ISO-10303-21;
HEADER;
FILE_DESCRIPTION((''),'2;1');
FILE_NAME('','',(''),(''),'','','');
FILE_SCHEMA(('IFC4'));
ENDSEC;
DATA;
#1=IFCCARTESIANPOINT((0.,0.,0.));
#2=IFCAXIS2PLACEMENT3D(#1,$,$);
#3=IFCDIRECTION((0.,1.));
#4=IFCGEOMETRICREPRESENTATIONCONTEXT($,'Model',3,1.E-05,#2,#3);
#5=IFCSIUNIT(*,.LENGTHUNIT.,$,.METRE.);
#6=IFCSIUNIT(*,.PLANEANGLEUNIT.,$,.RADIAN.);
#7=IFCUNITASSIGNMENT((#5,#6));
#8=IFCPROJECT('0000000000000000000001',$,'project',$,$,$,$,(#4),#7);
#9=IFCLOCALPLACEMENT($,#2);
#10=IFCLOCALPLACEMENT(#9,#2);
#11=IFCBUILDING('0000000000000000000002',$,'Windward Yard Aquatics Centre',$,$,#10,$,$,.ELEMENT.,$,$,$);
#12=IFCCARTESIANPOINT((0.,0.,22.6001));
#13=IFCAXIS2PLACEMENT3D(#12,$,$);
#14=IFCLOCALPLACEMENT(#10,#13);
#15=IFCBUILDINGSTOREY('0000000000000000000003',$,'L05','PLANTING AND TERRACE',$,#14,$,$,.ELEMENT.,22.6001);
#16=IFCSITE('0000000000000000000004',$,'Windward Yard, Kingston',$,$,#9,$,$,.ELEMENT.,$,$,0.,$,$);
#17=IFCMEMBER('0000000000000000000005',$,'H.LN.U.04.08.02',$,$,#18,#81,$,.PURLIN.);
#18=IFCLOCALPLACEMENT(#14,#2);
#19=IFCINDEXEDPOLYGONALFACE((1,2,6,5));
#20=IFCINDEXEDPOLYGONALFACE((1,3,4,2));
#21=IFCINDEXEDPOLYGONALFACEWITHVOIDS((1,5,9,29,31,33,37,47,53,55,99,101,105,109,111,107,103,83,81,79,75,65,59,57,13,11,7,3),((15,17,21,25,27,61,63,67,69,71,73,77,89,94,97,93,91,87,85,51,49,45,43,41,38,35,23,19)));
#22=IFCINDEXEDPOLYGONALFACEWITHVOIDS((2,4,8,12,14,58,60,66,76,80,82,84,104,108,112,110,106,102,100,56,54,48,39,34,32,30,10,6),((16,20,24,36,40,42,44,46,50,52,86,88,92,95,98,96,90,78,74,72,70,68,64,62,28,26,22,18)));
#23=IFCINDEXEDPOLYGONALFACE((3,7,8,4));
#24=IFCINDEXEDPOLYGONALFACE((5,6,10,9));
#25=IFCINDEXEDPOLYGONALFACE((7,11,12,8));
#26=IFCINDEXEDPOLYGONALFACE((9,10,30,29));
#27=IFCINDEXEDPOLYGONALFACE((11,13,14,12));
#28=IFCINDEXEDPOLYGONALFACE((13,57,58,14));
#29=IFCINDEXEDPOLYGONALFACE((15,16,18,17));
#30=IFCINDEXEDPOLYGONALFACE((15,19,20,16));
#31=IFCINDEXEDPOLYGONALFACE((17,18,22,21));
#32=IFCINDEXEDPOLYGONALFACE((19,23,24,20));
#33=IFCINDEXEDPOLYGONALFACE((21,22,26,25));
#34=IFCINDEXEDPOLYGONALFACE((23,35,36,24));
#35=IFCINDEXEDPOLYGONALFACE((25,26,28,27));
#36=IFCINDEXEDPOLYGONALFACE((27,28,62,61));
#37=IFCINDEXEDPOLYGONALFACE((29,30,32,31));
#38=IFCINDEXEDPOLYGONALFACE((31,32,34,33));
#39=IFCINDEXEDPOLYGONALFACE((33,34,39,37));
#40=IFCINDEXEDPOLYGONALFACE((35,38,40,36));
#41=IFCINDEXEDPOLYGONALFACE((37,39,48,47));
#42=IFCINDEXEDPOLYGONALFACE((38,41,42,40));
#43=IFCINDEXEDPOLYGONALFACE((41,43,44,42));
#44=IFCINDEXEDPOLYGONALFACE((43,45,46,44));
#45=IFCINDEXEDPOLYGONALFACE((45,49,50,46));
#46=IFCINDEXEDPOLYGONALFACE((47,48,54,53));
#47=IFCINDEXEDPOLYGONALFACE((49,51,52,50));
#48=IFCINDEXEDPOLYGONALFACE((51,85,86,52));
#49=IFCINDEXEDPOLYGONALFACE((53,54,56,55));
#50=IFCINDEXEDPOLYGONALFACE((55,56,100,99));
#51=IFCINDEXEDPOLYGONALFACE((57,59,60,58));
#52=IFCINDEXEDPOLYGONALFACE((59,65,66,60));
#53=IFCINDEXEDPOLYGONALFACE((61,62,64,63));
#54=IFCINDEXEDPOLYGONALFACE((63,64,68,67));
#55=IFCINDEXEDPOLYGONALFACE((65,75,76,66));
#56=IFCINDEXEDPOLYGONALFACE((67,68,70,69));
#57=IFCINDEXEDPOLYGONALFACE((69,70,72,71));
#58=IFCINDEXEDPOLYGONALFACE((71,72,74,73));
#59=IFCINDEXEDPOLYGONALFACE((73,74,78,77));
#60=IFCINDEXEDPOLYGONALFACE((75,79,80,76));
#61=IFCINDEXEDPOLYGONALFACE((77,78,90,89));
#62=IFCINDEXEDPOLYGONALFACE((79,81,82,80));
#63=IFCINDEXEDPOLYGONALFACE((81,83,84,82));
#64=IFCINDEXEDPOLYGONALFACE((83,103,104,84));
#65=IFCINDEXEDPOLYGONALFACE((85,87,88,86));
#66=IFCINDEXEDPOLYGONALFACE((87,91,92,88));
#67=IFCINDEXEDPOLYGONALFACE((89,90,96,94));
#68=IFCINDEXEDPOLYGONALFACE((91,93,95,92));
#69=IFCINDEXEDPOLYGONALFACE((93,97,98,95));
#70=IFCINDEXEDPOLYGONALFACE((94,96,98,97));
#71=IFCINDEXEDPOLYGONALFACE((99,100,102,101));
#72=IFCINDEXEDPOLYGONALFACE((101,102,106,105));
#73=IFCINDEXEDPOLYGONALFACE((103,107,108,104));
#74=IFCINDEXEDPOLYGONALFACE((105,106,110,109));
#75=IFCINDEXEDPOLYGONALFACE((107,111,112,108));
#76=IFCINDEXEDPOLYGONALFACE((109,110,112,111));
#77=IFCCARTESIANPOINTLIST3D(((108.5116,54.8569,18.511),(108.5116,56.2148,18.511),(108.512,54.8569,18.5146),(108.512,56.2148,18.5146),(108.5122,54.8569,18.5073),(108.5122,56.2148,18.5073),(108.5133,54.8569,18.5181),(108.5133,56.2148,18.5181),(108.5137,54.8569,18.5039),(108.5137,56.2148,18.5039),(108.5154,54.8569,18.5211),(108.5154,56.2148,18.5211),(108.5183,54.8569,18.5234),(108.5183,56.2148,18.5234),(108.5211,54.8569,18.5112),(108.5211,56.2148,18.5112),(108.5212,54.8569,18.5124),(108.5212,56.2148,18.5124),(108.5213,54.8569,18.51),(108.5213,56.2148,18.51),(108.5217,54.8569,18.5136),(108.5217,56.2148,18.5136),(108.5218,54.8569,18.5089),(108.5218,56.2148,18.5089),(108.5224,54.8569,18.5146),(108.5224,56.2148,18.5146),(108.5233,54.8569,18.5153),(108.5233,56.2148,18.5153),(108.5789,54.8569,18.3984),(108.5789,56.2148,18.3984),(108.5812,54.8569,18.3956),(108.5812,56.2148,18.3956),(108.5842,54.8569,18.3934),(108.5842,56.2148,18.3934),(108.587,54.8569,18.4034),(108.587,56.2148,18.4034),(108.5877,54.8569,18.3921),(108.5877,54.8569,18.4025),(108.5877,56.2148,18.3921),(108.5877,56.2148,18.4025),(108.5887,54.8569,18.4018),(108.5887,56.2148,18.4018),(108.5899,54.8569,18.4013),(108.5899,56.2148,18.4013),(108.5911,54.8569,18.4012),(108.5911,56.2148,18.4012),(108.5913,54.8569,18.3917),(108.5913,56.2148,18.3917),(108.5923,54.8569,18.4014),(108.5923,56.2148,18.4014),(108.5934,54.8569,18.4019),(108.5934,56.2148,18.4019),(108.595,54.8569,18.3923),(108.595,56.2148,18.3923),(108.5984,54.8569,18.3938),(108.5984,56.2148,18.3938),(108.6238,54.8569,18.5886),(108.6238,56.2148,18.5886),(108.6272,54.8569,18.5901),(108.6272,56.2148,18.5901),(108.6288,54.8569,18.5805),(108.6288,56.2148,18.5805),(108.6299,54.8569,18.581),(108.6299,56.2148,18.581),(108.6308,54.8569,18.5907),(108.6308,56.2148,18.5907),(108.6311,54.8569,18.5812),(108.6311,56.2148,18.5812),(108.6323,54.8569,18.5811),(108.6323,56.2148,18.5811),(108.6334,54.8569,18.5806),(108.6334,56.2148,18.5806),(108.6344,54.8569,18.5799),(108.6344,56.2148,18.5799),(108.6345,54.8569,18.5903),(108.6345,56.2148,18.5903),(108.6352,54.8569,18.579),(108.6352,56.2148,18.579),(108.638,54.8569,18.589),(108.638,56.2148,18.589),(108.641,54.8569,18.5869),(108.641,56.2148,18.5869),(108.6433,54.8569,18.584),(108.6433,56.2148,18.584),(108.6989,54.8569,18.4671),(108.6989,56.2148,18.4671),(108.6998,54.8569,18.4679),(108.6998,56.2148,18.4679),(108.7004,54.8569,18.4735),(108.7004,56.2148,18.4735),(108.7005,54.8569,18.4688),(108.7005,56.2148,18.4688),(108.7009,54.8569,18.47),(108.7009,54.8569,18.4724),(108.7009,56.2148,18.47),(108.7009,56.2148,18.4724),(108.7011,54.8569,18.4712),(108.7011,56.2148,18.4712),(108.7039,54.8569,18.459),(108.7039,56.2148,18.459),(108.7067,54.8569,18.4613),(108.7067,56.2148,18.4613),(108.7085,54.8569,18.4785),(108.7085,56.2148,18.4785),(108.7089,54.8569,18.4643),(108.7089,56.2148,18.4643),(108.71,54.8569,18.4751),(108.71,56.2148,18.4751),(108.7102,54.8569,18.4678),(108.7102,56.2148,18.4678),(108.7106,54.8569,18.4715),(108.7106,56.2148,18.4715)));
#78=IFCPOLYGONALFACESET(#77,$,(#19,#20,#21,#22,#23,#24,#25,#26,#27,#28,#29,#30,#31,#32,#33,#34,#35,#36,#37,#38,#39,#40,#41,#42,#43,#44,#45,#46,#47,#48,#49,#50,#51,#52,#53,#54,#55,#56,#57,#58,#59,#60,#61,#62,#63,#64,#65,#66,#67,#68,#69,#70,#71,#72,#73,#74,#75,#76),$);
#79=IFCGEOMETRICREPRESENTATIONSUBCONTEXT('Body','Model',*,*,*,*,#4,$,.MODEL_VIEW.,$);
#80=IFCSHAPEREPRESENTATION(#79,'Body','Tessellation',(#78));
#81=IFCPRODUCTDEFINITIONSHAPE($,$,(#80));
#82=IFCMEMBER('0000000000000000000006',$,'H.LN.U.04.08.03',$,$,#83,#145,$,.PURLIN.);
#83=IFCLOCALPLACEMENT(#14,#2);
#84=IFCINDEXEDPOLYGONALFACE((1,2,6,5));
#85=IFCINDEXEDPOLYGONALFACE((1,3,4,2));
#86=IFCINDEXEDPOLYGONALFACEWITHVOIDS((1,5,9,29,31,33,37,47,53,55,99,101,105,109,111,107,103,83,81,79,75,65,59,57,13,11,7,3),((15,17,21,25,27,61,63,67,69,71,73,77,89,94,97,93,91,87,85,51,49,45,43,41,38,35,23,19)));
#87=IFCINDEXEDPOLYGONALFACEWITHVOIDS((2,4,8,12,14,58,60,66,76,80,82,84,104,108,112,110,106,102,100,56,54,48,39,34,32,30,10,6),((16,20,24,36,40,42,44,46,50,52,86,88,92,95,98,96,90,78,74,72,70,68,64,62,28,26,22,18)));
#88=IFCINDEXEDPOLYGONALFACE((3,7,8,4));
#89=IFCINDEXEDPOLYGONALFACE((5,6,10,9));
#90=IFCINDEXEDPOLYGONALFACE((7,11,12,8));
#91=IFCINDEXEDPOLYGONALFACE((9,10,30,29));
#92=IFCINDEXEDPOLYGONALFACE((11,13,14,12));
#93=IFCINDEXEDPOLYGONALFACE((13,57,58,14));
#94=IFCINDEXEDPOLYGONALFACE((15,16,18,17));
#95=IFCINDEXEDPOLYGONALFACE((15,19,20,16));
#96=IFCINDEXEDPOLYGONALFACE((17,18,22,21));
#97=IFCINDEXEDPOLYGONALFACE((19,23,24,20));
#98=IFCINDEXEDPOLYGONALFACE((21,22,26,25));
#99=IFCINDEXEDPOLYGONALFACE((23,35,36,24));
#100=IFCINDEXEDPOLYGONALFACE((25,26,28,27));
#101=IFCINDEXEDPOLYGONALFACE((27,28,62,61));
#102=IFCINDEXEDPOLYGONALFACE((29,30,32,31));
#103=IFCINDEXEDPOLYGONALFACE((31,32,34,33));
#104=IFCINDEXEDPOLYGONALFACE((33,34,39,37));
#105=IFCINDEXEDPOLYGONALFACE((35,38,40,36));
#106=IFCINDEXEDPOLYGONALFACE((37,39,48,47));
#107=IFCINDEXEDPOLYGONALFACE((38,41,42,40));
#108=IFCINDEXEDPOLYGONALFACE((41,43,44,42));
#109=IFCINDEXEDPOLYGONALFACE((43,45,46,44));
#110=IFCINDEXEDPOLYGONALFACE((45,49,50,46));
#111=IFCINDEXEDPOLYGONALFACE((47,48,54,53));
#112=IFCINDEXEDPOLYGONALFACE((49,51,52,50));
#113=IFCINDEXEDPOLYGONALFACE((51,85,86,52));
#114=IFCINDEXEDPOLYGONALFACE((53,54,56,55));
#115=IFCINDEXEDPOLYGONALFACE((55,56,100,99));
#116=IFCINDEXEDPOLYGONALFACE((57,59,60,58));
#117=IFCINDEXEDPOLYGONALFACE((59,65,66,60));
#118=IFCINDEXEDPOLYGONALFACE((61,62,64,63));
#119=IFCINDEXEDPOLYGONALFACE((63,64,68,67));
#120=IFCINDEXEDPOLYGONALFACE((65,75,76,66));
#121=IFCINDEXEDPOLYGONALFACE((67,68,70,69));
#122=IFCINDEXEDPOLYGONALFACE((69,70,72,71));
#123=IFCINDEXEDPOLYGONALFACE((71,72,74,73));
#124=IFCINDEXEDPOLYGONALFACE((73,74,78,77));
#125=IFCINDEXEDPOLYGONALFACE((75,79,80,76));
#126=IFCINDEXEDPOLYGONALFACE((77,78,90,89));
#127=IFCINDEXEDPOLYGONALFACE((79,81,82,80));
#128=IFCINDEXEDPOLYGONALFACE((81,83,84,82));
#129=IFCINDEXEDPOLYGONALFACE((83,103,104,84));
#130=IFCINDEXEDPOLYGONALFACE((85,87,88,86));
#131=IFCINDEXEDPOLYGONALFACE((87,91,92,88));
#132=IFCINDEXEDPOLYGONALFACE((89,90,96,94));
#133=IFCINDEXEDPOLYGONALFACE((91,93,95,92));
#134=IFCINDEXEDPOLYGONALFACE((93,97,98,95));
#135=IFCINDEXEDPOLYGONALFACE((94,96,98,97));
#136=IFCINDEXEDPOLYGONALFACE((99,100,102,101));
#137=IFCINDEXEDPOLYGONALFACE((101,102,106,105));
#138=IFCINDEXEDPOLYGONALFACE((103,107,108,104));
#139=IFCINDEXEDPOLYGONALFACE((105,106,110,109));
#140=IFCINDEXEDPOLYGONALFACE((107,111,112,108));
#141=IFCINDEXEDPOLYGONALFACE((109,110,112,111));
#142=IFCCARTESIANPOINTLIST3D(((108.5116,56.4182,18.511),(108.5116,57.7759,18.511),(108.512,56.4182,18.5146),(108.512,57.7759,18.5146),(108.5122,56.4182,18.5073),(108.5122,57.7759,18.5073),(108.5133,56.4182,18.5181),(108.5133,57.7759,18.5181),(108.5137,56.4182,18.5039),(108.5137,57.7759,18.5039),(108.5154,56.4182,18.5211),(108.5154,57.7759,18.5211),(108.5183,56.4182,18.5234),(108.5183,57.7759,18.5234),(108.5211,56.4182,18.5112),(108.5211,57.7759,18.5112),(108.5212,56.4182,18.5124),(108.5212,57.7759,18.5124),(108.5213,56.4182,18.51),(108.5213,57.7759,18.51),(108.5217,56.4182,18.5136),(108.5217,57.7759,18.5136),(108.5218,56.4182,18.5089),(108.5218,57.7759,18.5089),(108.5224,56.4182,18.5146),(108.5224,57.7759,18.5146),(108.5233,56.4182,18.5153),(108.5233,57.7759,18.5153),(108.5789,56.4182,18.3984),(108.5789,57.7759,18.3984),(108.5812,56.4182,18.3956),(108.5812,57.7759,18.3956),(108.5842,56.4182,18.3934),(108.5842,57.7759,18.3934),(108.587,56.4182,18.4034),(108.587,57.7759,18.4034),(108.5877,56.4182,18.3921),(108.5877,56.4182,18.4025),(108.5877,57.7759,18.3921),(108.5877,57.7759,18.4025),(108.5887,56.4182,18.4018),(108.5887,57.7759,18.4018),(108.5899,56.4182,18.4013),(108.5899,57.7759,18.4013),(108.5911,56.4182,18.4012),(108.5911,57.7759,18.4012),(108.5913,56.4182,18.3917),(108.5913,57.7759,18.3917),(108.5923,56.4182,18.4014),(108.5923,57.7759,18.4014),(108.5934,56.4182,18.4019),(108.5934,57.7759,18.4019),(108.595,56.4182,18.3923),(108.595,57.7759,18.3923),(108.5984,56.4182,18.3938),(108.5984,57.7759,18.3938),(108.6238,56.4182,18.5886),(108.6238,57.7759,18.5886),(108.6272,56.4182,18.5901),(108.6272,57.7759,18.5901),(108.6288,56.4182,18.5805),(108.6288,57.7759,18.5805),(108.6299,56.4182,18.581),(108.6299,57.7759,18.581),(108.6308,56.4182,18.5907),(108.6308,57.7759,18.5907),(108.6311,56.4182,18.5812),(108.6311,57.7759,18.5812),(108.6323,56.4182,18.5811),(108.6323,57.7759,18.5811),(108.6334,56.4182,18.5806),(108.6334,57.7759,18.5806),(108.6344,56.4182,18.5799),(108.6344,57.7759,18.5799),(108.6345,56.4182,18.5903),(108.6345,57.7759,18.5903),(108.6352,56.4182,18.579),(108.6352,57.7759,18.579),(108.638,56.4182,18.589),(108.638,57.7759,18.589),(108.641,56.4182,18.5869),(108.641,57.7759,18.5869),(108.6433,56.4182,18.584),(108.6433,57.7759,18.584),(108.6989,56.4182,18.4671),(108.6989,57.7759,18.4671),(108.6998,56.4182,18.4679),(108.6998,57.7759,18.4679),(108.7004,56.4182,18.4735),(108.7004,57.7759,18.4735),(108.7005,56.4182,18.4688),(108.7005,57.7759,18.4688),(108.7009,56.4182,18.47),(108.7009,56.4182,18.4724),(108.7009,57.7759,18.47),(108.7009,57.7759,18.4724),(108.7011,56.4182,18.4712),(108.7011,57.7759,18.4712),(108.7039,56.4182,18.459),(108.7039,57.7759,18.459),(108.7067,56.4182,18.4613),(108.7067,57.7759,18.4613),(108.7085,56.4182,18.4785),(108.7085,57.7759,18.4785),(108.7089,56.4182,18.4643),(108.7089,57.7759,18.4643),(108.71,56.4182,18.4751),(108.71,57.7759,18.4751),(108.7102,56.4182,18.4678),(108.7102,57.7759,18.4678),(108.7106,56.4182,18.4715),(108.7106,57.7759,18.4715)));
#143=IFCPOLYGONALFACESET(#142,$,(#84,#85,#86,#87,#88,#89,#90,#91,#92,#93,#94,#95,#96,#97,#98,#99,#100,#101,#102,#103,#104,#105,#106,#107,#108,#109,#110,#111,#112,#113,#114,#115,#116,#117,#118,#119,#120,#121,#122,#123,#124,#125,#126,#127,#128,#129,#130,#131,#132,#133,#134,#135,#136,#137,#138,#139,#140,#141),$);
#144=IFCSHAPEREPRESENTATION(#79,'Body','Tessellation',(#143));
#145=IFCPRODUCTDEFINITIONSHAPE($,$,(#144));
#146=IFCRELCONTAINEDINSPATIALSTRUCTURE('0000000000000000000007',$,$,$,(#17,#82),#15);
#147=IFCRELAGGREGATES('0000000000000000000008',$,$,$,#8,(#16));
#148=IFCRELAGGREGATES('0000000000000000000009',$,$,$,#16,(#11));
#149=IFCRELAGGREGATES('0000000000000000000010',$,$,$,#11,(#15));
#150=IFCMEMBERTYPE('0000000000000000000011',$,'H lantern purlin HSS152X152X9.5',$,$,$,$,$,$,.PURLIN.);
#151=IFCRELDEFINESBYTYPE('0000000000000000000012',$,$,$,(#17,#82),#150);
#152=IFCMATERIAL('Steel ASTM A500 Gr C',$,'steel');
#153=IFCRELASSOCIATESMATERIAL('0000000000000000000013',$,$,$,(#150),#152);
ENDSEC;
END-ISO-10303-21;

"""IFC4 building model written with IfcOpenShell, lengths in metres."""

from ifc_helpers import new_model, si_unit, direction, frame, origin, origin_2d, place, context, subcontext, project, spatial, hollow_rectangle, extrude, material, material_profile, profile_set, type_object, element, save


model = new_model("IFC4")

# Units and contexts
model_context = context("Model", 3, precision=1e-05, world=origin(), true_north=direction((0.0, 1.0)))
body_context = subcontext(model_context, "Body", "Model", "MODEL_VIEW")
ifc_project = project(units=[si_unit("LENGTHUNIT", "METRE"), si_unit("PLANEANGLEUNIT", "RADIAN")], contexts=[model_context])

# Site, building, storey
site_placement = place(None, origin())
site = spatial("IfcSite", under=ifc_project, at=site_placement, Name="Windward Yard, Kingston", CompositionType="ELEMENT", RefElevation=0.0)
building_placement = place(site_placement, origin())
building = spatial("IfcBuilding", under=site, at=building_placement, Name="Windward Yard Aquatics Centre", CompositionType="ELEMENT")
storey_placement = place(building_placement, frame((0.0, 0.0, 22.6001)))
storey = spatial("IfcBuildingStorey", under=building, at=storey_placement, Name="L05", Description="PLANTING AND TERRACE", CompositionType="ELEMENT", Elevation=22.6001)

# Members
ifc_material_1 = material(Name="Steel ASTM A500 Gr C", Category="steel")
ifc_material_profile_1 = material_profile(ifc_material_1, hollow_rectangle(XDim=0.1523, YDim=0.1523, WallThickness=0.0095, InnerFilletRadius=0.0046, OuterFilletRadius=0.0142, at=origin_2d()), Name="HSS152X152X9.5")
ifc_profile_set_1 = profile_set([ifc_material_profile_1], Name="Steel ASTM A500 Gr C")
member_type_1 = type_object("IfcMemberType", Name="H lantern purlin HSS152X152X9.5", PredefinedType="PURLIN", material=ifc_profile_set_1)
member_1_placement = place(storey_placement, frame((108.6111, 54.8569, 18.4912), z_axis=(0.0, 1.0, 0.0), x_axis=(-0.850755, 0.0, -0.525562)))
element("IfcMember", 1, at=member_1_placement, inside=storey, type_object=member_type_1, Name="H.LN.U.04.08.02", PredefinedType="PURLIN", context=body_context, shape_type="SweptSolid", body=[
    extrude(hollow_rectangle(XDim=0.1523, YDim=0.1523, WallThickness=0.0095, InnerFilletRadius=0.0046, OuterFilletRadius=0.0142, at=origin_2d()), origin(), (0.0, 0.0, 1.0), 1.3579),
])
member_2_placement = place(storey_placement, frame((108.6111, 56.4182, 18.4912), z_axis=(0.0, 1.0, 0.0), x_axis=(-0.850755, 0.0, -0.525562)))
element("IfcMember", 2, at=member_2_placement, inside=storey, type_object=member_type_1, Name="H.LN.U.04.08.03", PredefinedType="PURLIN", context=body_context, shape_type="SweptSolid", body=[
    extrude(hollow_rectangle(XDim=0.1523, YDim=0.1523, WallThickness=0.0095, InnerFilletRadius=0.0046, OuterFilletRadius=0.0142, at=origin_2d()), origin(), (0.0, 0.0, 1.0), 1.3577),
])

save(model, "model.ifc")
